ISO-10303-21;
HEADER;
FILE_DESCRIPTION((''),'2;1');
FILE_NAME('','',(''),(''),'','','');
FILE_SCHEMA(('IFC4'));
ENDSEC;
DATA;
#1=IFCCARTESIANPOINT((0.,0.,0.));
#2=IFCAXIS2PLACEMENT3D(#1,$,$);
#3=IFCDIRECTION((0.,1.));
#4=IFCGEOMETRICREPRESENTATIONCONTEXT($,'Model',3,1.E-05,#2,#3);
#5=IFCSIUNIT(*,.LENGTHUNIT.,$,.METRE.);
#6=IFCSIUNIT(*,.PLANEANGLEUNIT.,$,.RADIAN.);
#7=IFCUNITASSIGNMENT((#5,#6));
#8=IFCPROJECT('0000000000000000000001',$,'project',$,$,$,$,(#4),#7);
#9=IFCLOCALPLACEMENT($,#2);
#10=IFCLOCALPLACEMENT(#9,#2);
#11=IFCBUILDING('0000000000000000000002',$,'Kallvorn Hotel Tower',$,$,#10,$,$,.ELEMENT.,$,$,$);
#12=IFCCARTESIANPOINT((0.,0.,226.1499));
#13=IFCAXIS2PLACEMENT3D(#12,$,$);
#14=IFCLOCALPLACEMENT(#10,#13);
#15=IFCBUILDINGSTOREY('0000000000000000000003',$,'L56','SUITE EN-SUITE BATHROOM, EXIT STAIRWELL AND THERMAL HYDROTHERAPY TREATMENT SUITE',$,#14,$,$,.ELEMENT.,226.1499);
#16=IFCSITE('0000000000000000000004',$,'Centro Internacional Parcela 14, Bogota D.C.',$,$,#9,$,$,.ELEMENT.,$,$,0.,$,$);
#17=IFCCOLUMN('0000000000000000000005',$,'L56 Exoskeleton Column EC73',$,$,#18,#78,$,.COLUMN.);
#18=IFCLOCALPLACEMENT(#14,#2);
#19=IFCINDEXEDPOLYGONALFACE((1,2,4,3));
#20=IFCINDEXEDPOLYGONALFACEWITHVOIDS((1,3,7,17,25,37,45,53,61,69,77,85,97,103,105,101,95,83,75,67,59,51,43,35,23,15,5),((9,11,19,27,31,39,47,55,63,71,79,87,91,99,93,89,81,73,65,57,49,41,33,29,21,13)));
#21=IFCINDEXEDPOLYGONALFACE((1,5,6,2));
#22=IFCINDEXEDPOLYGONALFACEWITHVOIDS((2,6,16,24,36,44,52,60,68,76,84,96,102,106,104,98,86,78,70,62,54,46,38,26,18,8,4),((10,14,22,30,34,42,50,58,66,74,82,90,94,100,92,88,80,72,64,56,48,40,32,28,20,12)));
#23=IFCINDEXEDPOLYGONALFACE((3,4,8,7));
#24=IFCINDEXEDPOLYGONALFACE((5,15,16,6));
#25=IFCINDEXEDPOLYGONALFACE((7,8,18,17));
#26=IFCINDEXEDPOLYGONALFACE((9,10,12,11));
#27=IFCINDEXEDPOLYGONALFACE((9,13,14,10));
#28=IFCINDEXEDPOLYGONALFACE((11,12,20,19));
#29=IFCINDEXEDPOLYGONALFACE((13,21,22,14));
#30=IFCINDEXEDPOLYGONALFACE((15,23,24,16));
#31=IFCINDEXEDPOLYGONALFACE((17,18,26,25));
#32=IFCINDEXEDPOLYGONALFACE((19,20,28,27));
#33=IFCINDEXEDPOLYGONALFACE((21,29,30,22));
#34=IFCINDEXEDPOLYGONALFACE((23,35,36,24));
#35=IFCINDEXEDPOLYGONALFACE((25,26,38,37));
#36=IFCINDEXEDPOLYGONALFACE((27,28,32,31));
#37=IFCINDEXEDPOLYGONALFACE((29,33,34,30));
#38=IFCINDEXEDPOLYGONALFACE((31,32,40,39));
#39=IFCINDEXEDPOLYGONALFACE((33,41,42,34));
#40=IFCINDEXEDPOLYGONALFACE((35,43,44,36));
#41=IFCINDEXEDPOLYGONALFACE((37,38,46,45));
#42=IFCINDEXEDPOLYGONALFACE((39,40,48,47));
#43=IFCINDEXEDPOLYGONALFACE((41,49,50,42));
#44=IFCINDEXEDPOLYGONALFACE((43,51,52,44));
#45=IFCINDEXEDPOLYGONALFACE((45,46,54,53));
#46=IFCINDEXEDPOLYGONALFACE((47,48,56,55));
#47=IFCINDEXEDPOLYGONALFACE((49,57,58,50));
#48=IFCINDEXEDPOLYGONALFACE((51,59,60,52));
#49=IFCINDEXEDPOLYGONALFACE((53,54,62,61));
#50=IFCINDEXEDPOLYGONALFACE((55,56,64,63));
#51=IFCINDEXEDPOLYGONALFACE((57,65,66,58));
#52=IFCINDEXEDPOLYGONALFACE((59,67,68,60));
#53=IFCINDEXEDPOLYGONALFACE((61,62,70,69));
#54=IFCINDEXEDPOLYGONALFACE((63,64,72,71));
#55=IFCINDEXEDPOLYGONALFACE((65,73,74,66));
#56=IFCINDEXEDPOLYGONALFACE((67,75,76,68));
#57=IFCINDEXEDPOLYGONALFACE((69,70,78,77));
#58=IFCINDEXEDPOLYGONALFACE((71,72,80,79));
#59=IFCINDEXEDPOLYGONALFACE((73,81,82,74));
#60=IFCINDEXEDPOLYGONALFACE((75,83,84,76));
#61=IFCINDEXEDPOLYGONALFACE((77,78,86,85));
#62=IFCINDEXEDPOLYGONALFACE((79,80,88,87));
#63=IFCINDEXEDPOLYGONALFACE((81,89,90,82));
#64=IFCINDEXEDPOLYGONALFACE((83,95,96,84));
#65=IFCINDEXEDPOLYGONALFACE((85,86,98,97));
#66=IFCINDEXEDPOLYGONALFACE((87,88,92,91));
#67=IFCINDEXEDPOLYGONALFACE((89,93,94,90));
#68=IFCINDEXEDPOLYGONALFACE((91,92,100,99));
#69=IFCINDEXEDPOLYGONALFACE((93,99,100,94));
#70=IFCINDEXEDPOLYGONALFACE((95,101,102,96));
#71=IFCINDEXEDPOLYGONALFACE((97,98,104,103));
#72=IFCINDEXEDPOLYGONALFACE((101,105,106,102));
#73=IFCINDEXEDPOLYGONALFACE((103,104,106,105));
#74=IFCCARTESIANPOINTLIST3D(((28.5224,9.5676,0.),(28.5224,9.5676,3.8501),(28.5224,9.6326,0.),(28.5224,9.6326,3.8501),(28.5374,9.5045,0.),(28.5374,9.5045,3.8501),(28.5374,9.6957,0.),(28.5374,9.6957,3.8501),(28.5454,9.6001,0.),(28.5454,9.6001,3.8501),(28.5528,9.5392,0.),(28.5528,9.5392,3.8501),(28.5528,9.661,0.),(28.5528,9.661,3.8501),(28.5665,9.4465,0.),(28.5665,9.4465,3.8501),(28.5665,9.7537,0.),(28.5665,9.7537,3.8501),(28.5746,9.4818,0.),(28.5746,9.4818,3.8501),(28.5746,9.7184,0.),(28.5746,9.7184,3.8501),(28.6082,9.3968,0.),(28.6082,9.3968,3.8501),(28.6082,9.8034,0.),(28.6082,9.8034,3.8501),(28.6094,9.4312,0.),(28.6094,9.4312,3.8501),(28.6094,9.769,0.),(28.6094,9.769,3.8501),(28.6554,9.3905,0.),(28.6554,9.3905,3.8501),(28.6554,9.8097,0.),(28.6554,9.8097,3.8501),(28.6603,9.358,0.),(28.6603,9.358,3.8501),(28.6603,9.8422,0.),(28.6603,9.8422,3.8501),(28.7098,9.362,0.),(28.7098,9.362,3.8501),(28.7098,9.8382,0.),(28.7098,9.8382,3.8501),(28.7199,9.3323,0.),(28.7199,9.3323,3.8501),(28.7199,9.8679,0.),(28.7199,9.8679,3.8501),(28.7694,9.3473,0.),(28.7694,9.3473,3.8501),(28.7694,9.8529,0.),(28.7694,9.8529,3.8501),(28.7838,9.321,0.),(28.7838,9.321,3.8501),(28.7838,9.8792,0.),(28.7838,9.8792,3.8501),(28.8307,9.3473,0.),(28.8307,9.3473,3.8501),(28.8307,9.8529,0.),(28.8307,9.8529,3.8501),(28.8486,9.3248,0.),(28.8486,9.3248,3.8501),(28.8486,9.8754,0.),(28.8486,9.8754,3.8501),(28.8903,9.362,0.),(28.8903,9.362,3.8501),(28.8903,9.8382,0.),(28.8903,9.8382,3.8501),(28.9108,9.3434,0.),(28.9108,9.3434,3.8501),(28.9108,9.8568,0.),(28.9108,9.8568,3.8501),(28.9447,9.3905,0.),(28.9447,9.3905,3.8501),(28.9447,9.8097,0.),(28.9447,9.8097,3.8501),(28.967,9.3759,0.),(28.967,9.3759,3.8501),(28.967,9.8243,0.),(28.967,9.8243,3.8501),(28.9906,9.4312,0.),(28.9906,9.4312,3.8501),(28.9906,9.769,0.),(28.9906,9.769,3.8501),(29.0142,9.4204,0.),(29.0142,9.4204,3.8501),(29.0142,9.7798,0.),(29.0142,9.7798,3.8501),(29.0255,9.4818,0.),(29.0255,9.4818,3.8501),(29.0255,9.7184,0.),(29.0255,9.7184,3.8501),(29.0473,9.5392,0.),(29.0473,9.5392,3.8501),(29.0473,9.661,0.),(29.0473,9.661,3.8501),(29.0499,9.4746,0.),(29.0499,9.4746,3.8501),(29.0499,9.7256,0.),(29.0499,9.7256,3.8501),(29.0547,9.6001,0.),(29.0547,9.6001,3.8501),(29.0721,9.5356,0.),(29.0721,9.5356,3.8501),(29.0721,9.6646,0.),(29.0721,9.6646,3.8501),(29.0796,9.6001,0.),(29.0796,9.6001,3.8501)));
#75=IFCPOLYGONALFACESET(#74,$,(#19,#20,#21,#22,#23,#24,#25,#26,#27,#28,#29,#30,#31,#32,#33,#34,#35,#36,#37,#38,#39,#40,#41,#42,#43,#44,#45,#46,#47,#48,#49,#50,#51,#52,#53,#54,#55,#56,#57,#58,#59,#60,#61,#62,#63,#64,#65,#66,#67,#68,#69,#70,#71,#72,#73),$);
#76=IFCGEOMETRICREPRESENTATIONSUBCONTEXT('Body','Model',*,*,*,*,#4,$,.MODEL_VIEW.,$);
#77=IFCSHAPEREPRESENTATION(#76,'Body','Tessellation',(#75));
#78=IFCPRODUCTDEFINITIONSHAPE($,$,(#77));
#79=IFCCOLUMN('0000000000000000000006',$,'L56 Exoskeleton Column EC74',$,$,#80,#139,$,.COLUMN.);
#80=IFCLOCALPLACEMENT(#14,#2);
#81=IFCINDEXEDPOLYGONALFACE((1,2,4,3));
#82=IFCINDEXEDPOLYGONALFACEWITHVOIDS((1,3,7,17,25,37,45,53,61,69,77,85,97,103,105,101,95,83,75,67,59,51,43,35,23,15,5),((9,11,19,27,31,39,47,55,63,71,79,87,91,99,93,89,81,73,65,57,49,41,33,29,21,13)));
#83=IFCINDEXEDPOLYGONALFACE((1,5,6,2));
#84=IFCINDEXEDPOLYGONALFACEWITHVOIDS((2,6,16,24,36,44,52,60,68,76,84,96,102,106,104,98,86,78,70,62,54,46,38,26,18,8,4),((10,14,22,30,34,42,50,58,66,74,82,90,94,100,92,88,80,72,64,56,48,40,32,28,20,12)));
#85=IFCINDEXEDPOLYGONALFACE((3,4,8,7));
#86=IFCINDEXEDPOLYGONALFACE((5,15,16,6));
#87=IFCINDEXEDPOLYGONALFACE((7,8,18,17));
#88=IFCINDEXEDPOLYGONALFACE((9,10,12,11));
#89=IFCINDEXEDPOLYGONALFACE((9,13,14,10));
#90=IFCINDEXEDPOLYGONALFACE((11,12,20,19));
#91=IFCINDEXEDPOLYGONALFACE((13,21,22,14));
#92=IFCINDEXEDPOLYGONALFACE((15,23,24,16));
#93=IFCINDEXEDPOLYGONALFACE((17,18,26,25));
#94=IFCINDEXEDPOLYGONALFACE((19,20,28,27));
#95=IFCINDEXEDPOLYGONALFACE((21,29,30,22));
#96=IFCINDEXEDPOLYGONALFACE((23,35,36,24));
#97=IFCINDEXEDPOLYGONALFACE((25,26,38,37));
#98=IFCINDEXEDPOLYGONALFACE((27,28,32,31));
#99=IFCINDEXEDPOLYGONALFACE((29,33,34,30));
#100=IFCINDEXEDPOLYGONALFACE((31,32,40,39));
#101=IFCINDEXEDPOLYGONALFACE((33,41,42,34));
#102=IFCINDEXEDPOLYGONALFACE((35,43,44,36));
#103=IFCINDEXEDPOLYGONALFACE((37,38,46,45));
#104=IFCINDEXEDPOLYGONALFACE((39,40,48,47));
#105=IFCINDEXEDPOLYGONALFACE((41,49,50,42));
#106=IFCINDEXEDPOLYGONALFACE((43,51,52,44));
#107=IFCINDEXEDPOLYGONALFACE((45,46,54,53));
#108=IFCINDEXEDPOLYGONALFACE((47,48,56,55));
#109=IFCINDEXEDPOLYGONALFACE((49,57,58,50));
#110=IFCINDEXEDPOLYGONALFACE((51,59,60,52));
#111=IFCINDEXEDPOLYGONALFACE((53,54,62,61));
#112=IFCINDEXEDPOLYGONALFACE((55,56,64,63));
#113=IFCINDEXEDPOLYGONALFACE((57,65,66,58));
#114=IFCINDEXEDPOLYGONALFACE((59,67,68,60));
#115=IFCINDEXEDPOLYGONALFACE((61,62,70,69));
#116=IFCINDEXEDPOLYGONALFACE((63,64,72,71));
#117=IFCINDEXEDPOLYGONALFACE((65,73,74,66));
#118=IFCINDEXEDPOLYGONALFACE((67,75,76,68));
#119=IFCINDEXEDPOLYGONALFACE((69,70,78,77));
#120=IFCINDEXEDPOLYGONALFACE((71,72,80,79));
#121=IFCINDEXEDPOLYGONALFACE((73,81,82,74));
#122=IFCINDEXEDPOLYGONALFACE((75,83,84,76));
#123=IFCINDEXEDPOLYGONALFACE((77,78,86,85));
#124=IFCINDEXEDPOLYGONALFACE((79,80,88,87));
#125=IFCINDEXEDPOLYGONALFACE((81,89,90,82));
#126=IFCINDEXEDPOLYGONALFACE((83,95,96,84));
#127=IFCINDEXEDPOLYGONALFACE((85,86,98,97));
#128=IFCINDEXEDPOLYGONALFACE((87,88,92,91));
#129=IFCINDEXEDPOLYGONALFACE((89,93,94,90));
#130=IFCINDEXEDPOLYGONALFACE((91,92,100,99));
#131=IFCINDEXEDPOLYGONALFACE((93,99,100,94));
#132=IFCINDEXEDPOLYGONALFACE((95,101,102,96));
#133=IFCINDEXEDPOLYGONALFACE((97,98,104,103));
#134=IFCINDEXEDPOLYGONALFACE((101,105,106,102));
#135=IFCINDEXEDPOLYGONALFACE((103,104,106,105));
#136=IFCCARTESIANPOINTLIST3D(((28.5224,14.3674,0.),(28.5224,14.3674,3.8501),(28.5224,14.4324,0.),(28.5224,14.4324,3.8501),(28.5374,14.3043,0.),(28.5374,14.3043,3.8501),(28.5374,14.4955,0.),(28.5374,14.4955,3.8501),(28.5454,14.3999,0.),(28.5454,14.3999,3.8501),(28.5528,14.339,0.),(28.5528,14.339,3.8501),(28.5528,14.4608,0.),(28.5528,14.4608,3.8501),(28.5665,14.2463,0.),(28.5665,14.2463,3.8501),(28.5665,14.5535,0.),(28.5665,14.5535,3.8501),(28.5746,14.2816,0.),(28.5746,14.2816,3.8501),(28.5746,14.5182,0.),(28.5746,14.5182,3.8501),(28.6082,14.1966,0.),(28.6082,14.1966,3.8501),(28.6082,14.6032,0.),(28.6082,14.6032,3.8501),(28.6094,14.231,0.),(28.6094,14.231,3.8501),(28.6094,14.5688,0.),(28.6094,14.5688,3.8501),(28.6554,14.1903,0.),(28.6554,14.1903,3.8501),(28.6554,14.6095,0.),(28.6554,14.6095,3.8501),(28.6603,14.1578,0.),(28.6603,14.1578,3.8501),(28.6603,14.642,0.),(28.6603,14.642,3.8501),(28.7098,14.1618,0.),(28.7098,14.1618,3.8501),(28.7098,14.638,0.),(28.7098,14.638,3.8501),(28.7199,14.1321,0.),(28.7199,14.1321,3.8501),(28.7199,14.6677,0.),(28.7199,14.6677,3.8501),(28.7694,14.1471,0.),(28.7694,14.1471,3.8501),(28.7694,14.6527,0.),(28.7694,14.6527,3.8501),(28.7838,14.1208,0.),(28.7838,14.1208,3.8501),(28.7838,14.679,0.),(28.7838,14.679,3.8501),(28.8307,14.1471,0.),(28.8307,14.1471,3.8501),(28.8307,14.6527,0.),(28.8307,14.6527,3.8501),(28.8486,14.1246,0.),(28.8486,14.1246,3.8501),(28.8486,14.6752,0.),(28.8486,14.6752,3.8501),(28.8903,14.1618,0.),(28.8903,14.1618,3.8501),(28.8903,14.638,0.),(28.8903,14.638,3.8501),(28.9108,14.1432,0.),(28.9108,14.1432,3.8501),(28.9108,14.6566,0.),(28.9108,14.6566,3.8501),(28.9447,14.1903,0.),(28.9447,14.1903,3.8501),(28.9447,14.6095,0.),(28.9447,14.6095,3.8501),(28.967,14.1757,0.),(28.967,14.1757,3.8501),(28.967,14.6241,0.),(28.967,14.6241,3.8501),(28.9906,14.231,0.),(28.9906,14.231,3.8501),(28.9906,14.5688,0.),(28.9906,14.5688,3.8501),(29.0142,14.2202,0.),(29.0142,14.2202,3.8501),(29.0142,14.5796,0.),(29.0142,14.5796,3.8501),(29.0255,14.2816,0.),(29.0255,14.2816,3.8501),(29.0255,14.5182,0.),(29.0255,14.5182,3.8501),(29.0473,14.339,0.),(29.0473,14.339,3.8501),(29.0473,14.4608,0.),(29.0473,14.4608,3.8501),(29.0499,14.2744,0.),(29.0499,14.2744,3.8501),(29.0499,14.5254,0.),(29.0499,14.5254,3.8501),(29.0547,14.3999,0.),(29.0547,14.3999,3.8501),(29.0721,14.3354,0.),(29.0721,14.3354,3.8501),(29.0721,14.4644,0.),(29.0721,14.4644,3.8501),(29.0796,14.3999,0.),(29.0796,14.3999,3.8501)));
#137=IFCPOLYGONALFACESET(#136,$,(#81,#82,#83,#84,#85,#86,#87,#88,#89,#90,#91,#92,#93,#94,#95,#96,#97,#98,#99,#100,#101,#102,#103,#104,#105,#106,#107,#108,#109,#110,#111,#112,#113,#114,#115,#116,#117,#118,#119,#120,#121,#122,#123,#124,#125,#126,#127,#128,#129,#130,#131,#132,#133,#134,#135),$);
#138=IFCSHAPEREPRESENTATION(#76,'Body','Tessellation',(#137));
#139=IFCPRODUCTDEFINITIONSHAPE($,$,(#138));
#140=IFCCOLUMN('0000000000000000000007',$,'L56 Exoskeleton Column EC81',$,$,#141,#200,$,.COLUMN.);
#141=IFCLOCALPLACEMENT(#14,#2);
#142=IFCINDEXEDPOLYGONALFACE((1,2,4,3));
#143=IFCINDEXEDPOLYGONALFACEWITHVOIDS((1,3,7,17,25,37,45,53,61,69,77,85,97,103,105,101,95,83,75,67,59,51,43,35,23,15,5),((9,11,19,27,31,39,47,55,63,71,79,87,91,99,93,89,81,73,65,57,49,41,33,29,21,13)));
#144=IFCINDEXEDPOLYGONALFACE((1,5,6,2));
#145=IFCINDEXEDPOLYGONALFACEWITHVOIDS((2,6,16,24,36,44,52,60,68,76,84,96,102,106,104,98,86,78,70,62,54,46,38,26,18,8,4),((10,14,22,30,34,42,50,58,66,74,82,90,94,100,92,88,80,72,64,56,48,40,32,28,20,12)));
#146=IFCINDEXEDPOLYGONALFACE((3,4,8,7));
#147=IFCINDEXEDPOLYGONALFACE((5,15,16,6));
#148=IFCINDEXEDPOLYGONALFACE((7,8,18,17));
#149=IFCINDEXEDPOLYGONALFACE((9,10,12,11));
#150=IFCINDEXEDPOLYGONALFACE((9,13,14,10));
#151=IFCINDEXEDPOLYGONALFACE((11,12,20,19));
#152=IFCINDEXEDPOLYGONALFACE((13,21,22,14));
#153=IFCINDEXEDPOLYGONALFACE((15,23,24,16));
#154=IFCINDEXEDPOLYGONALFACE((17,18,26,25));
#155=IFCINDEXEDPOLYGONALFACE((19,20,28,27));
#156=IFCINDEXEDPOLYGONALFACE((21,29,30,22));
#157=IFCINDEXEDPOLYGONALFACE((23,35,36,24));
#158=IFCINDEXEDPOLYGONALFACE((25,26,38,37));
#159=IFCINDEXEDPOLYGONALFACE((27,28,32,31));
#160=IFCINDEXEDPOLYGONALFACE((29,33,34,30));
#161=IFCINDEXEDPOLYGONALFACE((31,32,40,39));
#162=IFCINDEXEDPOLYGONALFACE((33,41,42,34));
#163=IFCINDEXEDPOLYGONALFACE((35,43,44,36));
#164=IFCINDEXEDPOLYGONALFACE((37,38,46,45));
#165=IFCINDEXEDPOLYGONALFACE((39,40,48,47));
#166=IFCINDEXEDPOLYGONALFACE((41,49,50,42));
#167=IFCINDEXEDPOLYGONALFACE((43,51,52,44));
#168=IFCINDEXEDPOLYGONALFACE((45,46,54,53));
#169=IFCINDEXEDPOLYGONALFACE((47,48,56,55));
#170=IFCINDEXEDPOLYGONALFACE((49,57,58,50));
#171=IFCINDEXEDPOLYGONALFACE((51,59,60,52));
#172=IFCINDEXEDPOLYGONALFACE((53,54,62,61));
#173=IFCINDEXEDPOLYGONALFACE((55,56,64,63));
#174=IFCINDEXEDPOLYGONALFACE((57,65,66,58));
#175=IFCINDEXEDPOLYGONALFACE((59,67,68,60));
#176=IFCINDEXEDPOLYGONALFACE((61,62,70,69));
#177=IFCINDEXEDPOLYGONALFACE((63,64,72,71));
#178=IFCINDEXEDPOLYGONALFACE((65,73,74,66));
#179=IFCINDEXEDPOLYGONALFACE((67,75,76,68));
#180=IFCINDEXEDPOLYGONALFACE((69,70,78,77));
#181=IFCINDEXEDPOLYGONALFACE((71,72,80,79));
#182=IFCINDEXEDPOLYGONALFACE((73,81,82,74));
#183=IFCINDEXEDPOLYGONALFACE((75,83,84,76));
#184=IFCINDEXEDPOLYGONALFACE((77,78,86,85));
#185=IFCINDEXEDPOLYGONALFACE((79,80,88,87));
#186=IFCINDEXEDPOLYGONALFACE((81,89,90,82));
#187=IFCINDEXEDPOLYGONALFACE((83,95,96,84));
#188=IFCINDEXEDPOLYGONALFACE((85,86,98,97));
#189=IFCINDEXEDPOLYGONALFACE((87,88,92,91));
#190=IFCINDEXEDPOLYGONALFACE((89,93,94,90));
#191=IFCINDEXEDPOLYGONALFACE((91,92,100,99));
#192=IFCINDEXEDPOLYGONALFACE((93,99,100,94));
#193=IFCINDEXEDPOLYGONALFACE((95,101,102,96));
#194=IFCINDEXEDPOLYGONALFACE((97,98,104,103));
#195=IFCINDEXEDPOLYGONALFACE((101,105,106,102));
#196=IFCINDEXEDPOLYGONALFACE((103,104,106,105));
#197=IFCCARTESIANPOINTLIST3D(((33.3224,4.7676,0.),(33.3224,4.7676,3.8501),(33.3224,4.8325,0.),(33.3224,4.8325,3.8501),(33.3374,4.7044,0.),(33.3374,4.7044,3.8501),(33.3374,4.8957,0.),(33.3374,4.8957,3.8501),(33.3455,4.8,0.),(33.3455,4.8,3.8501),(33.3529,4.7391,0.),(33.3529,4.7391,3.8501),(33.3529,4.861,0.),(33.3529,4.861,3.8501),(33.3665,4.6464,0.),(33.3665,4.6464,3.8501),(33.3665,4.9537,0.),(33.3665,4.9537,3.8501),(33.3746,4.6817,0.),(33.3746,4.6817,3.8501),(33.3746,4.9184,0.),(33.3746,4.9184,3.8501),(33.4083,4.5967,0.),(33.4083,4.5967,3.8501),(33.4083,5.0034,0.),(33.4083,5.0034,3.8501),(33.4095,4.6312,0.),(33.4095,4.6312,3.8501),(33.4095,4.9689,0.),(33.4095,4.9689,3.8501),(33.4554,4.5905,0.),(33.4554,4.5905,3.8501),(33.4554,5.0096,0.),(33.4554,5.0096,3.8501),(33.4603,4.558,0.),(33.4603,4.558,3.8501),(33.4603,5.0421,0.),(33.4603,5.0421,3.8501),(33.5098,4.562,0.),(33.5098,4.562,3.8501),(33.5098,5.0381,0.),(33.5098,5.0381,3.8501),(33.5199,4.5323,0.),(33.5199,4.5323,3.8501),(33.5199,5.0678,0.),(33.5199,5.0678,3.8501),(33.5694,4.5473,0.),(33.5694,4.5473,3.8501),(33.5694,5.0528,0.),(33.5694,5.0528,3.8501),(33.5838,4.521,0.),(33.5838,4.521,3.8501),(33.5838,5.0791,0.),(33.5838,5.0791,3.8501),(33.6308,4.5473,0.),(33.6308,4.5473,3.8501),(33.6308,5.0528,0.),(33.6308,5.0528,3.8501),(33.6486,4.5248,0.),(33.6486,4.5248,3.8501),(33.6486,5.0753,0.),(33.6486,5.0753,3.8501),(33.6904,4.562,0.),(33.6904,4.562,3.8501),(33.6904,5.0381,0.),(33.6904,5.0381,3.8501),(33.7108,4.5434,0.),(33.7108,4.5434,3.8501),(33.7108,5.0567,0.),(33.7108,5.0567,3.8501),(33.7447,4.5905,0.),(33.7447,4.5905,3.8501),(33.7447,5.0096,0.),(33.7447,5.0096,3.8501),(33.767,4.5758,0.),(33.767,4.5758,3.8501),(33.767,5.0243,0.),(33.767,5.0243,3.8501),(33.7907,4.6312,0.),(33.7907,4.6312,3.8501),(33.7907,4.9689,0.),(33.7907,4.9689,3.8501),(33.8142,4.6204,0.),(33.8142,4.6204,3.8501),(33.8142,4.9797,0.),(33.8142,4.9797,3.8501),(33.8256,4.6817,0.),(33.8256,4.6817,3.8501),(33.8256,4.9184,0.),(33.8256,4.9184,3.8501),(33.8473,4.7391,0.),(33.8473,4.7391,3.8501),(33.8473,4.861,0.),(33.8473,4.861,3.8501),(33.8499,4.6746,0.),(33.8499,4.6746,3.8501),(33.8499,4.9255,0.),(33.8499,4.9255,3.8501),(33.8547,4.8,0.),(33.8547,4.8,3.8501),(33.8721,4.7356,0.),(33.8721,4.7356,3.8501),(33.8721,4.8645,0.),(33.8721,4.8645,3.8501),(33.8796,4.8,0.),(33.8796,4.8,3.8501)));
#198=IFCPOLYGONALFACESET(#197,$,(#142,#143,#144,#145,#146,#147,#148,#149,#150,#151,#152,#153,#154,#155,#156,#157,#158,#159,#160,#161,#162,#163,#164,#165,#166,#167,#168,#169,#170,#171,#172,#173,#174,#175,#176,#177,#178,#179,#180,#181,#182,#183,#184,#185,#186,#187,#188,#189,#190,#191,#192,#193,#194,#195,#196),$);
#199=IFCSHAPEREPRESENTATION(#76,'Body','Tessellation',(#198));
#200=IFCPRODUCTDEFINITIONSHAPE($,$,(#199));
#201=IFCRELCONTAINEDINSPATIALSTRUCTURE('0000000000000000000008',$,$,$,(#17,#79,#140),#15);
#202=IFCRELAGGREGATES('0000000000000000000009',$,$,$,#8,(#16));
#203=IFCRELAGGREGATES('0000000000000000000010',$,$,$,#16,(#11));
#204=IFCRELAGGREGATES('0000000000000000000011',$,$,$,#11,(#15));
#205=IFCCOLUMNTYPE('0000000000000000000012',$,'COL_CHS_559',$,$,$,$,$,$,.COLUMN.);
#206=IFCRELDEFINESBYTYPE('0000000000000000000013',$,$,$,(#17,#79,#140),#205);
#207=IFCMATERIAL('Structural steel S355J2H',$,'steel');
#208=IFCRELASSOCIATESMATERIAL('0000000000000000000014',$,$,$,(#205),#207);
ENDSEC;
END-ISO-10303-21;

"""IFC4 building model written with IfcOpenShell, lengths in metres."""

from ifc_helpers import new_model, si_unit, direction, frame, origin, origin_2d, place, context, subcontext, project, spatial, hollow_circle, extrude, material, material_profile, profile_set, type_object, element, save


model = new_model("IFC4")

# Units and contexts
model_context = context("Model", 3, precision=1e-05, world=origin(), true_north=direction((0.0, 1.0)))
body_context = subcontext(model_context, "Body", "Model", "MODEL_VIEW")
ifc_project = project(units=[si_unit("LENGTHUNIT", "METRE"), si_unit("PLANEANGLEUNIT", "RADIAN")], contexts=[model_context])

# Site, building, storey
site_placement = place(None, origin())
site = spatial("IfcSite", under=ifc_project, at=site_placement, Name="Centro Internacional Parcela 14, Bogota D.C.", CompositionType="ELEMENT", RefElevation=0.0)
building_placement = place(site_placement, origin())
building = spatial("IfcBuilding", under=site, at=building_placement, Name="Kallvorn Hotel Tower", CompositionType="ELEMENT")
storey_placement = place(building_placement, frame((0.0, 0.0, 226.1499)))
storey = spatial("IfcBuildingStorey", under=building, at=storey_placement, Name="L56", Description="SUITE EN-SUITE BATHROOM, EXIT STAIRWELL AND THERMAL HYDROTHERAPY TREATMENT SUITE", CompositionType="ELEMENT", Elevation=226.1499)

# Columns
ifc_material_1 = material(Name="Structural steel S355J2H", Category="steel")
ifc_material_profile_1 = material_profile(ifc_material_1, hollow_circle(Radius=0.2795, WallThickness=0.0249, at=origin_2d()), Name="CHS 559x25")
ifc_profile_set_1 = profile_set([ifc_material_profile_1], Name="Structural steel S355J2H")
column_type_1 = type_object("IfcColumnType", Name="COL_CHS_559", PredefinedType="COLUMN", material=ifc_profile_set_1)
for number, where, z_axis, x_axis, name in (
    (1, (28.8, 9.6001, 0.0), (0.0, 0.0, 1.0), (1.0, 0.0, 0.0), "L56 Exoskeleton Column EC73"),
    (2, (28.8, 14.3999, 0.0), (0.0, 0.0, 1.0), (1.0, 0.0, 0.0), "L56 Exoskeleton Column EC74"),
    (3, (33.6001, 4.8, 0.0), (0.0, 0.0, 1.0), (1.0, 0.0, 0.0), "L56 Exoskeleton Column EC81"),
):
    element("IfcColumn", number, at=place(storey_placement, frame(where, z_axis=z_axis, x_axis=x_axis)), inside=storey, type_object=column_type_1, Name=name, PredefinedType="COLUMN", context=body_context, shape_type="SweptSolid", body=[
        extrude(hollow_circle(Radius=0.2795, WallThickness=0.0249, at=origin_2d()), origin(), (0.0, 0.0, 1.0), 3.8501),
    ])

save(model, "model.ifc")
